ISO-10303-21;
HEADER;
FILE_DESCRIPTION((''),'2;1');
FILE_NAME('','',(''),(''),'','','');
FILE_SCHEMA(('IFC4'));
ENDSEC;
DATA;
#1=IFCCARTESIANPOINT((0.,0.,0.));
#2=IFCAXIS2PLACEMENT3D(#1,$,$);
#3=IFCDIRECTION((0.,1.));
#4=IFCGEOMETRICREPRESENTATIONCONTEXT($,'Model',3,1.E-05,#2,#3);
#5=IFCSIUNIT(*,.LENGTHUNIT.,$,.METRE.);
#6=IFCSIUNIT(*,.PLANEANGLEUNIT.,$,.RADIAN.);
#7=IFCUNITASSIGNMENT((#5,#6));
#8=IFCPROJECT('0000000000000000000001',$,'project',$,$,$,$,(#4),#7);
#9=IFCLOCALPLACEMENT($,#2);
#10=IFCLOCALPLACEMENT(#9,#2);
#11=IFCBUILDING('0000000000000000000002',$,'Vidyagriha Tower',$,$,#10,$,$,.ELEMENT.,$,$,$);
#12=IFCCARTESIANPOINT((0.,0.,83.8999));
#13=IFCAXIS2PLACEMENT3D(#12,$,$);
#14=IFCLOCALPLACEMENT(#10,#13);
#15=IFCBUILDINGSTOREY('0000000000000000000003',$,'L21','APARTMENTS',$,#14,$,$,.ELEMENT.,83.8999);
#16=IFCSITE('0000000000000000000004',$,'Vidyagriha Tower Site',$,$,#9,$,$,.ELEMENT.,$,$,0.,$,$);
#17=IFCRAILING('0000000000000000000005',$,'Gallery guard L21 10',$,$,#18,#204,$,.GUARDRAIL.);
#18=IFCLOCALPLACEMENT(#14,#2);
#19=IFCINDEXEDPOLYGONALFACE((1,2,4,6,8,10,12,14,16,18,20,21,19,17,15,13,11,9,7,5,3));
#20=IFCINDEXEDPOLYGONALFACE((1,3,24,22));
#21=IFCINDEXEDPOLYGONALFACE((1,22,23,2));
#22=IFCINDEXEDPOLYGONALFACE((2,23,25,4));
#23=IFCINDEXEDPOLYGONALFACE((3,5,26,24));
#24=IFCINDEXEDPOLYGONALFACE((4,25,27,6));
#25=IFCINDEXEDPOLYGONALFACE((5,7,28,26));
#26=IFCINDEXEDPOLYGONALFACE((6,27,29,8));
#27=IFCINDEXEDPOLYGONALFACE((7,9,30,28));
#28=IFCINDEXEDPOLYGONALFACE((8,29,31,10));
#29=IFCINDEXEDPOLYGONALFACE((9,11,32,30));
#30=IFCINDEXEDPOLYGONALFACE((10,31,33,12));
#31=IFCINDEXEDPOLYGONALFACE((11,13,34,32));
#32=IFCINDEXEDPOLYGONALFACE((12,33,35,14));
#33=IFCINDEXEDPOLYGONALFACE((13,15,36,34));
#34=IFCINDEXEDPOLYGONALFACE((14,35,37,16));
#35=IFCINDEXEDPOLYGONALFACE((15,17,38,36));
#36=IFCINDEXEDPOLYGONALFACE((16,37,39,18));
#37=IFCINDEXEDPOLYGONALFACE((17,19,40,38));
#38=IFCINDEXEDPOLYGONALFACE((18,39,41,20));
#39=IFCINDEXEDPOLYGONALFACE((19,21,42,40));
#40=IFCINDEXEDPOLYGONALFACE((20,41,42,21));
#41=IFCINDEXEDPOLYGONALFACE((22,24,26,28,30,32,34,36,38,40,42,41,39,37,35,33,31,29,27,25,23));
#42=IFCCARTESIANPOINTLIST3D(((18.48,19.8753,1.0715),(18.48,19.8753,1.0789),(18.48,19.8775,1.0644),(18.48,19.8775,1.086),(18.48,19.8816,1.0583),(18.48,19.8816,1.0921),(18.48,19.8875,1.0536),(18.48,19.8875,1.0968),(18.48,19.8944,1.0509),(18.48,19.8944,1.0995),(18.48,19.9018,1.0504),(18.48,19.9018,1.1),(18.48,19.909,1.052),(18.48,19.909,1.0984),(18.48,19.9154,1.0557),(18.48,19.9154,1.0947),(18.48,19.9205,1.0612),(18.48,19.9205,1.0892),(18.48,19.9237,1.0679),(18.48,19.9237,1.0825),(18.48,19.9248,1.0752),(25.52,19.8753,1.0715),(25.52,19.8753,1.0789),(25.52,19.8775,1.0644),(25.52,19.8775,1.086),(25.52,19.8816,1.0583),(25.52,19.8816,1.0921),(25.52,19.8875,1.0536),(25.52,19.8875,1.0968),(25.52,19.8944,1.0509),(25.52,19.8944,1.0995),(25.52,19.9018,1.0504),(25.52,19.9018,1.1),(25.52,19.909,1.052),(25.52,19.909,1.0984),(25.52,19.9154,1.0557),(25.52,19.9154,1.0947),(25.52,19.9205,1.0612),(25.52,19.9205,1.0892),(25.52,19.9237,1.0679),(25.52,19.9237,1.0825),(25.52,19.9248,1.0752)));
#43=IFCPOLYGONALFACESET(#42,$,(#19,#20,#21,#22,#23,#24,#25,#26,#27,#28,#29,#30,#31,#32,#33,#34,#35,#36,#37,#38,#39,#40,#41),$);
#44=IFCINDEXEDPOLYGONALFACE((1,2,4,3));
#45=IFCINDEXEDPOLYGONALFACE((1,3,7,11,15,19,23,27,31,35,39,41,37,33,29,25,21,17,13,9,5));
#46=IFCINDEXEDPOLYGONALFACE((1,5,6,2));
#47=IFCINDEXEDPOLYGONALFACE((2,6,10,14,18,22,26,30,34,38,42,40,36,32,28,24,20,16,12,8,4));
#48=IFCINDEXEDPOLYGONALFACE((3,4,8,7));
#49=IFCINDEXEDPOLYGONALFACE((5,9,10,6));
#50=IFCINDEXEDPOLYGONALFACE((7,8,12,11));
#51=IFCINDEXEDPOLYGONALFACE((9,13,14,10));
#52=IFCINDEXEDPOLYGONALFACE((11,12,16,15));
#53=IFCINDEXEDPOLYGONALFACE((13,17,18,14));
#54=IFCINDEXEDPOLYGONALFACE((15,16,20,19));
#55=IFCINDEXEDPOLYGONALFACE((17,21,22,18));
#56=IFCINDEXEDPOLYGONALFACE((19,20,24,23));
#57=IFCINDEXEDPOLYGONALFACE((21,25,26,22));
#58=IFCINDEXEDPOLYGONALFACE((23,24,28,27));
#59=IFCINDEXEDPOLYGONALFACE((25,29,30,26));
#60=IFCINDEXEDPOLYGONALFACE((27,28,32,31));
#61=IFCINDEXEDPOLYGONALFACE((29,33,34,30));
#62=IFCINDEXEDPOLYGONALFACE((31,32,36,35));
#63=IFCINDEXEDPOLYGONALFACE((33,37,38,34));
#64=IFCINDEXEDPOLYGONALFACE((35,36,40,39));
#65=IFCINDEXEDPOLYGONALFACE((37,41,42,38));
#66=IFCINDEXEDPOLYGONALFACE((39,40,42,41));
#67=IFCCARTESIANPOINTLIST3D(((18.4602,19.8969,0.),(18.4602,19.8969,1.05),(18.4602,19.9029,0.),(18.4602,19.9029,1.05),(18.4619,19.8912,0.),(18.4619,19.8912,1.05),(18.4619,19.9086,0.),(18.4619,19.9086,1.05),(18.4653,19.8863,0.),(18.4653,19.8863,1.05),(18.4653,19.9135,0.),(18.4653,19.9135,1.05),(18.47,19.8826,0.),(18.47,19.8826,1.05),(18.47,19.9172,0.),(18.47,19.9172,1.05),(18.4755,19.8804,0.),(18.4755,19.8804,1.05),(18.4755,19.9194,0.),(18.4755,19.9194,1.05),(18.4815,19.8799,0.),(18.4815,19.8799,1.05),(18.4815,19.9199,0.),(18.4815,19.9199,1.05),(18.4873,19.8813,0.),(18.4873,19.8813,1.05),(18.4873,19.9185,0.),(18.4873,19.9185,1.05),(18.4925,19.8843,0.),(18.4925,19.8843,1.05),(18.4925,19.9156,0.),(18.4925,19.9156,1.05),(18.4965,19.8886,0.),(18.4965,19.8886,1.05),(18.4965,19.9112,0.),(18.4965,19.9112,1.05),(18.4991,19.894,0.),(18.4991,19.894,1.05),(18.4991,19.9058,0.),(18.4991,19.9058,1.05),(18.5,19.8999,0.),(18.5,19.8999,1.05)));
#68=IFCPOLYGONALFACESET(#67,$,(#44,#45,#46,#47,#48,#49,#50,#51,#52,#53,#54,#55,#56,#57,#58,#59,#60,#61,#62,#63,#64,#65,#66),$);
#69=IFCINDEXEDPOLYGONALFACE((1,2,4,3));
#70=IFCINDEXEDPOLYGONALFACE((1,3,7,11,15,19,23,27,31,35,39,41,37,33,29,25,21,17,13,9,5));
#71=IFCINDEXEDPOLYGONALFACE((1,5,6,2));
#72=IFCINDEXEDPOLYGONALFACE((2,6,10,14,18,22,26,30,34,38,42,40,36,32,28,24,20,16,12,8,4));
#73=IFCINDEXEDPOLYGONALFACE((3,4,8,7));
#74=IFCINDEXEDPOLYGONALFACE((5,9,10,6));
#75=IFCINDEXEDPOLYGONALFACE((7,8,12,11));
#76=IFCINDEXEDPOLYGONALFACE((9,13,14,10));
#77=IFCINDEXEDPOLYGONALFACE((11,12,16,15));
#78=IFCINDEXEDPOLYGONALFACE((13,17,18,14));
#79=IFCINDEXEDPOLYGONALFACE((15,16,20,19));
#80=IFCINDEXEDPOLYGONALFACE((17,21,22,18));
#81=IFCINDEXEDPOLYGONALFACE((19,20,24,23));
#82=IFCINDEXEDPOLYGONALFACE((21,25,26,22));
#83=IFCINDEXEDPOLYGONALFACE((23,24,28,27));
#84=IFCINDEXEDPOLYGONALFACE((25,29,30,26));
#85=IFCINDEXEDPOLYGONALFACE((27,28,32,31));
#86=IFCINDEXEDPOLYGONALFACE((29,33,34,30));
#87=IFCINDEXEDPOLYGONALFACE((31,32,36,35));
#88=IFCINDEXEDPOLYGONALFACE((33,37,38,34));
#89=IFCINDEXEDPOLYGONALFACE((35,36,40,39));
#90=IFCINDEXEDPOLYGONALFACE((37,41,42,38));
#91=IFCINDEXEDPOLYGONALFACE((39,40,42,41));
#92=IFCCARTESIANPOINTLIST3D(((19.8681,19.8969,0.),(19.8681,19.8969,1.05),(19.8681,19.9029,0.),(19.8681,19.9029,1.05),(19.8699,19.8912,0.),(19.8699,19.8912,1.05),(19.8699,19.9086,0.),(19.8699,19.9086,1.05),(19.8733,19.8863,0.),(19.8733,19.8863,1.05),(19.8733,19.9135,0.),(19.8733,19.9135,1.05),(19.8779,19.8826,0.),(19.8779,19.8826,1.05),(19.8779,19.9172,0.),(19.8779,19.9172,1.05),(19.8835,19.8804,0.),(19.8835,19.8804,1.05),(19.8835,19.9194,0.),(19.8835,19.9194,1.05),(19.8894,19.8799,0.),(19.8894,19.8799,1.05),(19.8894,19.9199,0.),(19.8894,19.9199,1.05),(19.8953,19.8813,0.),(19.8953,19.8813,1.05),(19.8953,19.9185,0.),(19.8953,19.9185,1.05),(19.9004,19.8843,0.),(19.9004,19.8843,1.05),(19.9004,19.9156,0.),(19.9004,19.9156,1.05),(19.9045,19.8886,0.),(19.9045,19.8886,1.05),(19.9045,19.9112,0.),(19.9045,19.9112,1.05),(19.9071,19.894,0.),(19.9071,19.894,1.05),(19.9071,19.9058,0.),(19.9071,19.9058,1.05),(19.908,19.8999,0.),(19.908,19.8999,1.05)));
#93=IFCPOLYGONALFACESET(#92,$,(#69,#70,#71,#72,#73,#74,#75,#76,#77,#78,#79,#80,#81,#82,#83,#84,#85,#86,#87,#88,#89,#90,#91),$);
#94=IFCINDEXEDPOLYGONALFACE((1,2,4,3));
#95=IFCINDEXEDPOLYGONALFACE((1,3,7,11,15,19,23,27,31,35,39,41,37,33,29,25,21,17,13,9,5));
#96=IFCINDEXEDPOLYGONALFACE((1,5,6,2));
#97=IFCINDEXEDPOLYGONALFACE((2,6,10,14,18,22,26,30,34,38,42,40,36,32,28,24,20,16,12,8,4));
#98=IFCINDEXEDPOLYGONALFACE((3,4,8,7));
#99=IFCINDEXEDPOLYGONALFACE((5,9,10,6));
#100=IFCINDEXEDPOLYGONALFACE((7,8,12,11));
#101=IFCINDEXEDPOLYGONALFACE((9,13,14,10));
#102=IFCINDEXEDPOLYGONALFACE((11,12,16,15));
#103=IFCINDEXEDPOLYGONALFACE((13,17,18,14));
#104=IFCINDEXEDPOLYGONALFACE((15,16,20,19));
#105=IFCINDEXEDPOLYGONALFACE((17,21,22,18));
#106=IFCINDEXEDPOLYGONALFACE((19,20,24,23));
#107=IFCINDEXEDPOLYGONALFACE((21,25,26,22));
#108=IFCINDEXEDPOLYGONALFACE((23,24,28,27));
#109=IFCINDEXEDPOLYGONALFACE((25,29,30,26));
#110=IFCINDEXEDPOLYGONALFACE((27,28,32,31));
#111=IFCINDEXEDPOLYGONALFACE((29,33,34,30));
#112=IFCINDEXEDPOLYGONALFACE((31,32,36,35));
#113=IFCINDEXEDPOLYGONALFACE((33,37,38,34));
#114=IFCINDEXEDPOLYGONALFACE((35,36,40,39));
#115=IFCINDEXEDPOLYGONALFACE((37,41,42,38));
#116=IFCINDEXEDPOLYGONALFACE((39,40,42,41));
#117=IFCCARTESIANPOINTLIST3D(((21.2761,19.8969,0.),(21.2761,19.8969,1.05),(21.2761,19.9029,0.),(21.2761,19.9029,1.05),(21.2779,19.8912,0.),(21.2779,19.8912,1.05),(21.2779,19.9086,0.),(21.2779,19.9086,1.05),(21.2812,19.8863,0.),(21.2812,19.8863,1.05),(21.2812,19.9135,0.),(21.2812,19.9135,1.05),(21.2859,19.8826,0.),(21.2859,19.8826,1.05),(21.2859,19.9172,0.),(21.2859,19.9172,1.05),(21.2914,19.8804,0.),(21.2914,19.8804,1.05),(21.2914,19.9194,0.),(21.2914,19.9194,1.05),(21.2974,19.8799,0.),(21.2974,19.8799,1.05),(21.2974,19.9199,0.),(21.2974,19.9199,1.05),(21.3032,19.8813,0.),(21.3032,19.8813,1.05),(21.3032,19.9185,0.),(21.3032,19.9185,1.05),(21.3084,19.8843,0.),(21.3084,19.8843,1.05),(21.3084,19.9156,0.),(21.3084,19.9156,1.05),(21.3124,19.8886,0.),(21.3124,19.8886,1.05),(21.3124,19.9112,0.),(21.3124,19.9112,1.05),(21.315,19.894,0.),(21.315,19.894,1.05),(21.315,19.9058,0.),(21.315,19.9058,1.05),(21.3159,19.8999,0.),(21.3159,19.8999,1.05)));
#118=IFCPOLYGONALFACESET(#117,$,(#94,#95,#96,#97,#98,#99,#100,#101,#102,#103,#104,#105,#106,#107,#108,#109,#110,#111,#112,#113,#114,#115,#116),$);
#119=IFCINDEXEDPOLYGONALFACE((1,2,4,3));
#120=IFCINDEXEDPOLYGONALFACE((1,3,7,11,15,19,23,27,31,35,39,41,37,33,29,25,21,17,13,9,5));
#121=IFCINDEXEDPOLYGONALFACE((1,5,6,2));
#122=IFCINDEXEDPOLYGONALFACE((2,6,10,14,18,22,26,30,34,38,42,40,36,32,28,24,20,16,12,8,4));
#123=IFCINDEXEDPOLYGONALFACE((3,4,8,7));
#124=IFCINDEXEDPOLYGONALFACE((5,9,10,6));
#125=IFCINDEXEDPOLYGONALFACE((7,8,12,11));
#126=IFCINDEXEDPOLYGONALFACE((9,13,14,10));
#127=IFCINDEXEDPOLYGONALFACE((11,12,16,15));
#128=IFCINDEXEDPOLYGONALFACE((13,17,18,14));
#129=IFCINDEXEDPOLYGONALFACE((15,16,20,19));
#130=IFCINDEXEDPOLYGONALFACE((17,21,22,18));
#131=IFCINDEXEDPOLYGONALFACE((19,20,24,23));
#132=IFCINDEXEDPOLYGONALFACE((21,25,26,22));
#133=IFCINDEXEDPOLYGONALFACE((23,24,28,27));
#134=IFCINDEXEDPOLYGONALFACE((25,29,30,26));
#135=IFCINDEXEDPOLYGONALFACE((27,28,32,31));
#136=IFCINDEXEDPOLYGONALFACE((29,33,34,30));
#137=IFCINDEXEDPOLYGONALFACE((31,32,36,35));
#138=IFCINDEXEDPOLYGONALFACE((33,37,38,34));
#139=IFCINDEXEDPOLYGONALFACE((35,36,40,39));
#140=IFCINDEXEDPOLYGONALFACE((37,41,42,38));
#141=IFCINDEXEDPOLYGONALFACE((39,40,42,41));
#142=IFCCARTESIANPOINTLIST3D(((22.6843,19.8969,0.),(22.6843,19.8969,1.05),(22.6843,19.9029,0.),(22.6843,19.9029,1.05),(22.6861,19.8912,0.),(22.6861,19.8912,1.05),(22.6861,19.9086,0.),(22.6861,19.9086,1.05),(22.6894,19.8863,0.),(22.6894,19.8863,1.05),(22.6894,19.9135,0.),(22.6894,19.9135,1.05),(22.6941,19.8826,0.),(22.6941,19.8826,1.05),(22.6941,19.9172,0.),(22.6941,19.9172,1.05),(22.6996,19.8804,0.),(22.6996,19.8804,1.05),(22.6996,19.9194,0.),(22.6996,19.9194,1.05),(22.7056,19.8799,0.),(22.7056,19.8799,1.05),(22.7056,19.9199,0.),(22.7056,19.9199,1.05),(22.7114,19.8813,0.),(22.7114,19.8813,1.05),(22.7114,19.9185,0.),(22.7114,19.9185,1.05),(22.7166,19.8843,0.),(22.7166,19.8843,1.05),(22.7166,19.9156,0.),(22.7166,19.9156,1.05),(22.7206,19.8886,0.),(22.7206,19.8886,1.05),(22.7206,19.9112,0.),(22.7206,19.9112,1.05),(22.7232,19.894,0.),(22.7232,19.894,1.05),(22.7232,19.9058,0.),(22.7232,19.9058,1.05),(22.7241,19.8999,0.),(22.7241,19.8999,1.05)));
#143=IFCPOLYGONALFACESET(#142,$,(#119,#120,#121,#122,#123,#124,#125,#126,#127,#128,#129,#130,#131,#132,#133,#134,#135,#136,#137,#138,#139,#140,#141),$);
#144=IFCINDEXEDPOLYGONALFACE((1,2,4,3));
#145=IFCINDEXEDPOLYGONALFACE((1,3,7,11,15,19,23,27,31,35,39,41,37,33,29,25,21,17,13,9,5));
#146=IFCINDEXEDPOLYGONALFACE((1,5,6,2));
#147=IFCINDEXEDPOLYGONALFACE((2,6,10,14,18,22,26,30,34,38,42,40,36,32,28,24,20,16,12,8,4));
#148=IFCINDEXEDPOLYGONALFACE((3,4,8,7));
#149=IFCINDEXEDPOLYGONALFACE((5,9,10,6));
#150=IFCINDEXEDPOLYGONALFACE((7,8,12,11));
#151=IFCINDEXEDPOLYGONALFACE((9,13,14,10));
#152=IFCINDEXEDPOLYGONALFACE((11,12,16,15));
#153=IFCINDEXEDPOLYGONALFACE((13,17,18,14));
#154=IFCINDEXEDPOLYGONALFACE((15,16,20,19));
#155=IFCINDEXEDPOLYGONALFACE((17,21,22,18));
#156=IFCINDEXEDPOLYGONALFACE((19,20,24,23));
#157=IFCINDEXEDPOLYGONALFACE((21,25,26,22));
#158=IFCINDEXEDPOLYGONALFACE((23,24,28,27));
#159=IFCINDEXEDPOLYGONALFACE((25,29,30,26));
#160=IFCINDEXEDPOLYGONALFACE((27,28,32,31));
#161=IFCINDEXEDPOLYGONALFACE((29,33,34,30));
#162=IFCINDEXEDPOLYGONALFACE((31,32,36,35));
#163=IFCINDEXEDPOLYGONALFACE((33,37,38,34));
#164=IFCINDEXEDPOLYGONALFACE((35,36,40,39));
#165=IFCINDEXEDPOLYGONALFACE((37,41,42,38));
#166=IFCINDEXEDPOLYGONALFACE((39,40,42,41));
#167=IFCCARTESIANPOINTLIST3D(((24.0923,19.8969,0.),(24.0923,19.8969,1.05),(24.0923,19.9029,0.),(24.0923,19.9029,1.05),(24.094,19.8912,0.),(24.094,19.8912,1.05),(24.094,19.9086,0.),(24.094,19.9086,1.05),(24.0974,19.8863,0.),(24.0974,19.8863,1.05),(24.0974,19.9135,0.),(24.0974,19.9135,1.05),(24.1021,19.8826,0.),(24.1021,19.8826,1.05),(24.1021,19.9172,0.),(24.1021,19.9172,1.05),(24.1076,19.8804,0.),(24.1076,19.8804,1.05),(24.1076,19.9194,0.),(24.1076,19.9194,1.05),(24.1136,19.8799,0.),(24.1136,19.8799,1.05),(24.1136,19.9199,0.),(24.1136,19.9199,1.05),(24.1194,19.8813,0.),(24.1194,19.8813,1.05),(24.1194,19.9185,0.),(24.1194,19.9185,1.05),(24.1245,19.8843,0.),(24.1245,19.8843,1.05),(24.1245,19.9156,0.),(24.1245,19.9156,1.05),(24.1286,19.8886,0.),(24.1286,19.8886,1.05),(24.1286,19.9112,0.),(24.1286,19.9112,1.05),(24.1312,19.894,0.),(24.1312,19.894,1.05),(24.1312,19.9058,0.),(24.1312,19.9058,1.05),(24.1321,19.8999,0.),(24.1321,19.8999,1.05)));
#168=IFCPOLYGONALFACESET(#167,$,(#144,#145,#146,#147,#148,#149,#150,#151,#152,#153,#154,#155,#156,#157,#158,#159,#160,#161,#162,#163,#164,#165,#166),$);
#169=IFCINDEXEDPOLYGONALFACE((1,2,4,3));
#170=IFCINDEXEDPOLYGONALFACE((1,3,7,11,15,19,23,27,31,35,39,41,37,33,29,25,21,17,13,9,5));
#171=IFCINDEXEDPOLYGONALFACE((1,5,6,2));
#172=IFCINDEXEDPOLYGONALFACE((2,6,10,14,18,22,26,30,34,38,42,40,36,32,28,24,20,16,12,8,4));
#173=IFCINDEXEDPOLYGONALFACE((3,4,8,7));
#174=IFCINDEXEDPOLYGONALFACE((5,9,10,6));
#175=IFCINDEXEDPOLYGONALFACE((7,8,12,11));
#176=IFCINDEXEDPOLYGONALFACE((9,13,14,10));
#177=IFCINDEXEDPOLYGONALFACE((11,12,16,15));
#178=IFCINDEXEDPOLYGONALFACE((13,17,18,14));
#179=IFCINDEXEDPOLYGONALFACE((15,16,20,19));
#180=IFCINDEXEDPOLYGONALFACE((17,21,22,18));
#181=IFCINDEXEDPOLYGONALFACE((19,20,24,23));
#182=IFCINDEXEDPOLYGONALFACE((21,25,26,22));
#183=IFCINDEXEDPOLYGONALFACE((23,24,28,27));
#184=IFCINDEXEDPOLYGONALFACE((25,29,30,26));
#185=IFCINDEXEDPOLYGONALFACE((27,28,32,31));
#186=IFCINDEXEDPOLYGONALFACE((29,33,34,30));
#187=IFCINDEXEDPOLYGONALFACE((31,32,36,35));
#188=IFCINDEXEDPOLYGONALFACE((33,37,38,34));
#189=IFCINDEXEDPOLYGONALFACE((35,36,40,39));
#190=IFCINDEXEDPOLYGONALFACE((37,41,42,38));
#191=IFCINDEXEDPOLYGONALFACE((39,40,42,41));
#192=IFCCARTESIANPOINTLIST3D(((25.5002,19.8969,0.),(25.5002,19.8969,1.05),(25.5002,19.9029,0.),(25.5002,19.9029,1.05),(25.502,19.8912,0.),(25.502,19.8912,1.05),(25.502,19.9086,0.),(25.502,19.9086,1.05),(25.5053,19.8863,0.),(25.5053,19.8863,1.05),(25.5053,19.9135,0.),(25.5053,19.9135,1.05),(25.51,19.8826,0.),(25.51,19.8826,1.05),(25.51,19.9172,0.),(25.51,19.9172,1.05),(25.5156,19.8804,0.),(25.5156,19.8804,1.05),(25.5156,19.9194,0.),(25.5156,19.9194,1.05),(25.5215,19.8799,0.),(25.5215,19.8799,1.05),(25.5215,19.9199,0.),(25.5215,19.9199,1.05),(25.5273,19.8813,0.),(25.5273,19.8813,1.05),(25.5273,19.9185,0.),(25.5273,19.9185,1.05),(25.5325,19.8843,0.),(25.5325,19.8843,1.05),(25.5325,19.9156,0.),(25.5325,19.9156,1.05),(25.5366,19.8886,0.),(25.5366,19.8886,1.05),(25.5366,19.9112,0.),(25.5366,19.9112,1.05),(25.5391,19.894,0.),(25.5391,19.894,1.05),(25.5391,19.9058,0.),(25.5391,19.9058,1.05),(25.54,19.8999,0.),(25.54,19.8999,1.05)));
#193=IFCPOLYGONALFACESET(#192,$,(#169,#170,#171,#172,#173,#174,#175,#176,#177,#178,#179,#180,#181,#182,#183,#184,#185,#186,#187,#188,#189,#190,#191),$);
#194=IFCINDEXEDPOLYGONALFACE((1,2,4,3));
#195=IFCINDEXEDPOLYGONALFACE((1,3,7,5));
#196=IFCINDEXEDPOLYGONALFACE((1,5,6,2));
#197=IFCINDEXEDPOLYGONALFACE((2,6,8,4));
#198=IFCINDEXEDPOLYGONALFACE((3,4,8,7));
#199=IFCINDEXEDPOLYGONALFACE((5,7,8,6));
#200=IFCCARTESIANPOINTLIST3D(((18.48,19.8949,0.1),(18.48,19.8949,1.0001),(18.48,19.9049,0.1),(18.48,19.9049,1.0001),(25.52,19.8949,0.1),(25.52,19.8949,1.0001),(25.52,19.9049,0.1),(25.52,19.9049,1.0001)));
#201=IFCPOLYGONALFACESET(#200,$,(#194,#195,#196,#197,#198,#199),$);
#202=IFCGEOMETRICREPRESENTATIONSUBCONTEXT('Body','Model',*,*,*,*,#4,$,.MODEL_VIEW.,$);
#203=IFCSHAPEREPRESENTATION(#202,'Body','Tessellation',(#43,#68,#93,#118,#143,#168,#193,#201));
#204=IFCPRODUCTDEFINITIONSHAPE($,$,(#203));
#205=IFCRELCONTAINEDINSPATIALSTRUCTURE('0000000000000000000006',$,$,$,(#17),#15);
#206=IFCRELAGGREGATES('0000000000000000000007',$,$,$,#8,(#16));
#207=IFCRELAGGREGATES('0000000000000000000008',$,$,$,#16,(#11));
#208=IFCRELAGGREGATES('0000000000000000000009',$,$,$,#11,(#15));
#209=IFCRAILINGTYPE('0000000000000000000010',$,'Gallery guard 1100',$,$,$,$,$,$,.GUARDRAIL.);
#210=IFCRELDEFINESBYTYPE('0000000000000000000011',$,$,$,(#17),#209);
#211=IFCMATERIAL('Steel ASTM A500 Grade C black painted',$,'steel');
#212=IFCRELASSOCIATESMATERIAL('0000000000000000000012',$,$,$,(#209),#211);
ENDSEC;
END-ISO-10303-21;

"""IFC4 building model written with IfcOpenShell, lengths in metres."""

from ifc_helpers import new_model, si_unit, direction, frame, origin, origin_2d, place, context, subcontext, project, spatial, rectangle, circle, extrude, material, type_object, element, save


model = new_model("IFC4")

# Units and contexts
model_context = context("Model", 3, precision=1e-05, world=origin(), true_north=direction((0.0, 1.0)))
body_context = subcontext(model_context, "Body", "Model", "MODEL_VIEW")
ifc_project = project(units=[si_unit("LENGTHUNIT", "METRE"), si_unit("PLANEANGLEUNIT", "RADIAN")], contexts=[model_context])

# Site, building, storey
site_placement = place(None, origin())
site = spatial("IfcSite", under=ifc_project, at=site_placement, Name="Vidyagriha Tower Site", CompositionType="ELEMENT", RefElevation=0.0)
building_placement = place(site_placement, origin())
building = spatial("IfcBuilding", under=site, at=building_placement, Name="Vidyagriha Tower", CompositionType="ELEMENT")
storey_placement = place(building_placement, frame((0.0, 0.0, 83.8999)))
storey = spatial("IfcBuildingStorey", under=building, at=storey_placement, Name="L21", Description="APARTMENTS", CompositionType="ELEMENT", Elevation=83.8999)

# Railing
ifc_material_1 = material(Name="Steel ASTM A500 Grade C black painted", Category="steel")
railing_type = type_object("IfcRailingType", Name="Gallery guard 1100", PredefinedType="GUARDRAIL", material=ifc_material_1)
for number, where, name in (
    (1, (18.48, 19.8999, 0.0), "Gallery guard L21 10"),
):
    element("IfcRailing", number, at=place(storey_placement, frame(where)), inside=storey, type_object=railing_type, Name=name, PredefinedType="GUARDRAIL", context=body_context, shape_type="SweptSolid", body=[
        extrude(circle(Radius=0.0249, at=origin_2d()), frame((0.0, 0.0, 1.0752), z_axis=(1.0, 0.0, 0.0), x_axis=(0.0, 1.0, 0.0)), (0.0, 0.0, 1.0), 7.04),
        extrude(circle(Radius=0.02, at=origin_2d()), origin(), (0.0, 0.0, 1.0), 1.05),
        extrude(circle(Radius=0.02, at=origin_2d()), frame((1.408, 0.0, 0.0)), (0.0, 0.0, 1.0), 1.05),
        extrude(circle(Radius=0.02, at=origin_2d()), frame((2.8159, 0.0, 0.0)), (0.0, 0.0, 1.0), 1.05),
        extrude(circle(Radius=0.02, at=origin_2d()), frame((4.2241, 0.0, 0.0)), (0.0, 0.0, 1.0), 1.05),
        extrude(circle(Radius=0.02, at=origin_2d()), frame((5.6321, 0.0, 0.0)), (0.0, 0.0, 1.0), 1.05),
        extrude(circle(Radius=0.02, at=origin_2d()), frame((7.04, 0.0, 0.0)), (0.0, 0.0, 1.0), 1.05),
        extrude(rectangle(XDim=0.01, YDim=0.9001, at=origin_2d()), frame((0.0, 0.0, 0.55), z_axis=(1.0, 0.0, 0.0), x_axis=(0.0, 1.0, 0.0)), (0.0, 0.0, 1.0), 7.04),
    ])

save(model, "model.ifc")
